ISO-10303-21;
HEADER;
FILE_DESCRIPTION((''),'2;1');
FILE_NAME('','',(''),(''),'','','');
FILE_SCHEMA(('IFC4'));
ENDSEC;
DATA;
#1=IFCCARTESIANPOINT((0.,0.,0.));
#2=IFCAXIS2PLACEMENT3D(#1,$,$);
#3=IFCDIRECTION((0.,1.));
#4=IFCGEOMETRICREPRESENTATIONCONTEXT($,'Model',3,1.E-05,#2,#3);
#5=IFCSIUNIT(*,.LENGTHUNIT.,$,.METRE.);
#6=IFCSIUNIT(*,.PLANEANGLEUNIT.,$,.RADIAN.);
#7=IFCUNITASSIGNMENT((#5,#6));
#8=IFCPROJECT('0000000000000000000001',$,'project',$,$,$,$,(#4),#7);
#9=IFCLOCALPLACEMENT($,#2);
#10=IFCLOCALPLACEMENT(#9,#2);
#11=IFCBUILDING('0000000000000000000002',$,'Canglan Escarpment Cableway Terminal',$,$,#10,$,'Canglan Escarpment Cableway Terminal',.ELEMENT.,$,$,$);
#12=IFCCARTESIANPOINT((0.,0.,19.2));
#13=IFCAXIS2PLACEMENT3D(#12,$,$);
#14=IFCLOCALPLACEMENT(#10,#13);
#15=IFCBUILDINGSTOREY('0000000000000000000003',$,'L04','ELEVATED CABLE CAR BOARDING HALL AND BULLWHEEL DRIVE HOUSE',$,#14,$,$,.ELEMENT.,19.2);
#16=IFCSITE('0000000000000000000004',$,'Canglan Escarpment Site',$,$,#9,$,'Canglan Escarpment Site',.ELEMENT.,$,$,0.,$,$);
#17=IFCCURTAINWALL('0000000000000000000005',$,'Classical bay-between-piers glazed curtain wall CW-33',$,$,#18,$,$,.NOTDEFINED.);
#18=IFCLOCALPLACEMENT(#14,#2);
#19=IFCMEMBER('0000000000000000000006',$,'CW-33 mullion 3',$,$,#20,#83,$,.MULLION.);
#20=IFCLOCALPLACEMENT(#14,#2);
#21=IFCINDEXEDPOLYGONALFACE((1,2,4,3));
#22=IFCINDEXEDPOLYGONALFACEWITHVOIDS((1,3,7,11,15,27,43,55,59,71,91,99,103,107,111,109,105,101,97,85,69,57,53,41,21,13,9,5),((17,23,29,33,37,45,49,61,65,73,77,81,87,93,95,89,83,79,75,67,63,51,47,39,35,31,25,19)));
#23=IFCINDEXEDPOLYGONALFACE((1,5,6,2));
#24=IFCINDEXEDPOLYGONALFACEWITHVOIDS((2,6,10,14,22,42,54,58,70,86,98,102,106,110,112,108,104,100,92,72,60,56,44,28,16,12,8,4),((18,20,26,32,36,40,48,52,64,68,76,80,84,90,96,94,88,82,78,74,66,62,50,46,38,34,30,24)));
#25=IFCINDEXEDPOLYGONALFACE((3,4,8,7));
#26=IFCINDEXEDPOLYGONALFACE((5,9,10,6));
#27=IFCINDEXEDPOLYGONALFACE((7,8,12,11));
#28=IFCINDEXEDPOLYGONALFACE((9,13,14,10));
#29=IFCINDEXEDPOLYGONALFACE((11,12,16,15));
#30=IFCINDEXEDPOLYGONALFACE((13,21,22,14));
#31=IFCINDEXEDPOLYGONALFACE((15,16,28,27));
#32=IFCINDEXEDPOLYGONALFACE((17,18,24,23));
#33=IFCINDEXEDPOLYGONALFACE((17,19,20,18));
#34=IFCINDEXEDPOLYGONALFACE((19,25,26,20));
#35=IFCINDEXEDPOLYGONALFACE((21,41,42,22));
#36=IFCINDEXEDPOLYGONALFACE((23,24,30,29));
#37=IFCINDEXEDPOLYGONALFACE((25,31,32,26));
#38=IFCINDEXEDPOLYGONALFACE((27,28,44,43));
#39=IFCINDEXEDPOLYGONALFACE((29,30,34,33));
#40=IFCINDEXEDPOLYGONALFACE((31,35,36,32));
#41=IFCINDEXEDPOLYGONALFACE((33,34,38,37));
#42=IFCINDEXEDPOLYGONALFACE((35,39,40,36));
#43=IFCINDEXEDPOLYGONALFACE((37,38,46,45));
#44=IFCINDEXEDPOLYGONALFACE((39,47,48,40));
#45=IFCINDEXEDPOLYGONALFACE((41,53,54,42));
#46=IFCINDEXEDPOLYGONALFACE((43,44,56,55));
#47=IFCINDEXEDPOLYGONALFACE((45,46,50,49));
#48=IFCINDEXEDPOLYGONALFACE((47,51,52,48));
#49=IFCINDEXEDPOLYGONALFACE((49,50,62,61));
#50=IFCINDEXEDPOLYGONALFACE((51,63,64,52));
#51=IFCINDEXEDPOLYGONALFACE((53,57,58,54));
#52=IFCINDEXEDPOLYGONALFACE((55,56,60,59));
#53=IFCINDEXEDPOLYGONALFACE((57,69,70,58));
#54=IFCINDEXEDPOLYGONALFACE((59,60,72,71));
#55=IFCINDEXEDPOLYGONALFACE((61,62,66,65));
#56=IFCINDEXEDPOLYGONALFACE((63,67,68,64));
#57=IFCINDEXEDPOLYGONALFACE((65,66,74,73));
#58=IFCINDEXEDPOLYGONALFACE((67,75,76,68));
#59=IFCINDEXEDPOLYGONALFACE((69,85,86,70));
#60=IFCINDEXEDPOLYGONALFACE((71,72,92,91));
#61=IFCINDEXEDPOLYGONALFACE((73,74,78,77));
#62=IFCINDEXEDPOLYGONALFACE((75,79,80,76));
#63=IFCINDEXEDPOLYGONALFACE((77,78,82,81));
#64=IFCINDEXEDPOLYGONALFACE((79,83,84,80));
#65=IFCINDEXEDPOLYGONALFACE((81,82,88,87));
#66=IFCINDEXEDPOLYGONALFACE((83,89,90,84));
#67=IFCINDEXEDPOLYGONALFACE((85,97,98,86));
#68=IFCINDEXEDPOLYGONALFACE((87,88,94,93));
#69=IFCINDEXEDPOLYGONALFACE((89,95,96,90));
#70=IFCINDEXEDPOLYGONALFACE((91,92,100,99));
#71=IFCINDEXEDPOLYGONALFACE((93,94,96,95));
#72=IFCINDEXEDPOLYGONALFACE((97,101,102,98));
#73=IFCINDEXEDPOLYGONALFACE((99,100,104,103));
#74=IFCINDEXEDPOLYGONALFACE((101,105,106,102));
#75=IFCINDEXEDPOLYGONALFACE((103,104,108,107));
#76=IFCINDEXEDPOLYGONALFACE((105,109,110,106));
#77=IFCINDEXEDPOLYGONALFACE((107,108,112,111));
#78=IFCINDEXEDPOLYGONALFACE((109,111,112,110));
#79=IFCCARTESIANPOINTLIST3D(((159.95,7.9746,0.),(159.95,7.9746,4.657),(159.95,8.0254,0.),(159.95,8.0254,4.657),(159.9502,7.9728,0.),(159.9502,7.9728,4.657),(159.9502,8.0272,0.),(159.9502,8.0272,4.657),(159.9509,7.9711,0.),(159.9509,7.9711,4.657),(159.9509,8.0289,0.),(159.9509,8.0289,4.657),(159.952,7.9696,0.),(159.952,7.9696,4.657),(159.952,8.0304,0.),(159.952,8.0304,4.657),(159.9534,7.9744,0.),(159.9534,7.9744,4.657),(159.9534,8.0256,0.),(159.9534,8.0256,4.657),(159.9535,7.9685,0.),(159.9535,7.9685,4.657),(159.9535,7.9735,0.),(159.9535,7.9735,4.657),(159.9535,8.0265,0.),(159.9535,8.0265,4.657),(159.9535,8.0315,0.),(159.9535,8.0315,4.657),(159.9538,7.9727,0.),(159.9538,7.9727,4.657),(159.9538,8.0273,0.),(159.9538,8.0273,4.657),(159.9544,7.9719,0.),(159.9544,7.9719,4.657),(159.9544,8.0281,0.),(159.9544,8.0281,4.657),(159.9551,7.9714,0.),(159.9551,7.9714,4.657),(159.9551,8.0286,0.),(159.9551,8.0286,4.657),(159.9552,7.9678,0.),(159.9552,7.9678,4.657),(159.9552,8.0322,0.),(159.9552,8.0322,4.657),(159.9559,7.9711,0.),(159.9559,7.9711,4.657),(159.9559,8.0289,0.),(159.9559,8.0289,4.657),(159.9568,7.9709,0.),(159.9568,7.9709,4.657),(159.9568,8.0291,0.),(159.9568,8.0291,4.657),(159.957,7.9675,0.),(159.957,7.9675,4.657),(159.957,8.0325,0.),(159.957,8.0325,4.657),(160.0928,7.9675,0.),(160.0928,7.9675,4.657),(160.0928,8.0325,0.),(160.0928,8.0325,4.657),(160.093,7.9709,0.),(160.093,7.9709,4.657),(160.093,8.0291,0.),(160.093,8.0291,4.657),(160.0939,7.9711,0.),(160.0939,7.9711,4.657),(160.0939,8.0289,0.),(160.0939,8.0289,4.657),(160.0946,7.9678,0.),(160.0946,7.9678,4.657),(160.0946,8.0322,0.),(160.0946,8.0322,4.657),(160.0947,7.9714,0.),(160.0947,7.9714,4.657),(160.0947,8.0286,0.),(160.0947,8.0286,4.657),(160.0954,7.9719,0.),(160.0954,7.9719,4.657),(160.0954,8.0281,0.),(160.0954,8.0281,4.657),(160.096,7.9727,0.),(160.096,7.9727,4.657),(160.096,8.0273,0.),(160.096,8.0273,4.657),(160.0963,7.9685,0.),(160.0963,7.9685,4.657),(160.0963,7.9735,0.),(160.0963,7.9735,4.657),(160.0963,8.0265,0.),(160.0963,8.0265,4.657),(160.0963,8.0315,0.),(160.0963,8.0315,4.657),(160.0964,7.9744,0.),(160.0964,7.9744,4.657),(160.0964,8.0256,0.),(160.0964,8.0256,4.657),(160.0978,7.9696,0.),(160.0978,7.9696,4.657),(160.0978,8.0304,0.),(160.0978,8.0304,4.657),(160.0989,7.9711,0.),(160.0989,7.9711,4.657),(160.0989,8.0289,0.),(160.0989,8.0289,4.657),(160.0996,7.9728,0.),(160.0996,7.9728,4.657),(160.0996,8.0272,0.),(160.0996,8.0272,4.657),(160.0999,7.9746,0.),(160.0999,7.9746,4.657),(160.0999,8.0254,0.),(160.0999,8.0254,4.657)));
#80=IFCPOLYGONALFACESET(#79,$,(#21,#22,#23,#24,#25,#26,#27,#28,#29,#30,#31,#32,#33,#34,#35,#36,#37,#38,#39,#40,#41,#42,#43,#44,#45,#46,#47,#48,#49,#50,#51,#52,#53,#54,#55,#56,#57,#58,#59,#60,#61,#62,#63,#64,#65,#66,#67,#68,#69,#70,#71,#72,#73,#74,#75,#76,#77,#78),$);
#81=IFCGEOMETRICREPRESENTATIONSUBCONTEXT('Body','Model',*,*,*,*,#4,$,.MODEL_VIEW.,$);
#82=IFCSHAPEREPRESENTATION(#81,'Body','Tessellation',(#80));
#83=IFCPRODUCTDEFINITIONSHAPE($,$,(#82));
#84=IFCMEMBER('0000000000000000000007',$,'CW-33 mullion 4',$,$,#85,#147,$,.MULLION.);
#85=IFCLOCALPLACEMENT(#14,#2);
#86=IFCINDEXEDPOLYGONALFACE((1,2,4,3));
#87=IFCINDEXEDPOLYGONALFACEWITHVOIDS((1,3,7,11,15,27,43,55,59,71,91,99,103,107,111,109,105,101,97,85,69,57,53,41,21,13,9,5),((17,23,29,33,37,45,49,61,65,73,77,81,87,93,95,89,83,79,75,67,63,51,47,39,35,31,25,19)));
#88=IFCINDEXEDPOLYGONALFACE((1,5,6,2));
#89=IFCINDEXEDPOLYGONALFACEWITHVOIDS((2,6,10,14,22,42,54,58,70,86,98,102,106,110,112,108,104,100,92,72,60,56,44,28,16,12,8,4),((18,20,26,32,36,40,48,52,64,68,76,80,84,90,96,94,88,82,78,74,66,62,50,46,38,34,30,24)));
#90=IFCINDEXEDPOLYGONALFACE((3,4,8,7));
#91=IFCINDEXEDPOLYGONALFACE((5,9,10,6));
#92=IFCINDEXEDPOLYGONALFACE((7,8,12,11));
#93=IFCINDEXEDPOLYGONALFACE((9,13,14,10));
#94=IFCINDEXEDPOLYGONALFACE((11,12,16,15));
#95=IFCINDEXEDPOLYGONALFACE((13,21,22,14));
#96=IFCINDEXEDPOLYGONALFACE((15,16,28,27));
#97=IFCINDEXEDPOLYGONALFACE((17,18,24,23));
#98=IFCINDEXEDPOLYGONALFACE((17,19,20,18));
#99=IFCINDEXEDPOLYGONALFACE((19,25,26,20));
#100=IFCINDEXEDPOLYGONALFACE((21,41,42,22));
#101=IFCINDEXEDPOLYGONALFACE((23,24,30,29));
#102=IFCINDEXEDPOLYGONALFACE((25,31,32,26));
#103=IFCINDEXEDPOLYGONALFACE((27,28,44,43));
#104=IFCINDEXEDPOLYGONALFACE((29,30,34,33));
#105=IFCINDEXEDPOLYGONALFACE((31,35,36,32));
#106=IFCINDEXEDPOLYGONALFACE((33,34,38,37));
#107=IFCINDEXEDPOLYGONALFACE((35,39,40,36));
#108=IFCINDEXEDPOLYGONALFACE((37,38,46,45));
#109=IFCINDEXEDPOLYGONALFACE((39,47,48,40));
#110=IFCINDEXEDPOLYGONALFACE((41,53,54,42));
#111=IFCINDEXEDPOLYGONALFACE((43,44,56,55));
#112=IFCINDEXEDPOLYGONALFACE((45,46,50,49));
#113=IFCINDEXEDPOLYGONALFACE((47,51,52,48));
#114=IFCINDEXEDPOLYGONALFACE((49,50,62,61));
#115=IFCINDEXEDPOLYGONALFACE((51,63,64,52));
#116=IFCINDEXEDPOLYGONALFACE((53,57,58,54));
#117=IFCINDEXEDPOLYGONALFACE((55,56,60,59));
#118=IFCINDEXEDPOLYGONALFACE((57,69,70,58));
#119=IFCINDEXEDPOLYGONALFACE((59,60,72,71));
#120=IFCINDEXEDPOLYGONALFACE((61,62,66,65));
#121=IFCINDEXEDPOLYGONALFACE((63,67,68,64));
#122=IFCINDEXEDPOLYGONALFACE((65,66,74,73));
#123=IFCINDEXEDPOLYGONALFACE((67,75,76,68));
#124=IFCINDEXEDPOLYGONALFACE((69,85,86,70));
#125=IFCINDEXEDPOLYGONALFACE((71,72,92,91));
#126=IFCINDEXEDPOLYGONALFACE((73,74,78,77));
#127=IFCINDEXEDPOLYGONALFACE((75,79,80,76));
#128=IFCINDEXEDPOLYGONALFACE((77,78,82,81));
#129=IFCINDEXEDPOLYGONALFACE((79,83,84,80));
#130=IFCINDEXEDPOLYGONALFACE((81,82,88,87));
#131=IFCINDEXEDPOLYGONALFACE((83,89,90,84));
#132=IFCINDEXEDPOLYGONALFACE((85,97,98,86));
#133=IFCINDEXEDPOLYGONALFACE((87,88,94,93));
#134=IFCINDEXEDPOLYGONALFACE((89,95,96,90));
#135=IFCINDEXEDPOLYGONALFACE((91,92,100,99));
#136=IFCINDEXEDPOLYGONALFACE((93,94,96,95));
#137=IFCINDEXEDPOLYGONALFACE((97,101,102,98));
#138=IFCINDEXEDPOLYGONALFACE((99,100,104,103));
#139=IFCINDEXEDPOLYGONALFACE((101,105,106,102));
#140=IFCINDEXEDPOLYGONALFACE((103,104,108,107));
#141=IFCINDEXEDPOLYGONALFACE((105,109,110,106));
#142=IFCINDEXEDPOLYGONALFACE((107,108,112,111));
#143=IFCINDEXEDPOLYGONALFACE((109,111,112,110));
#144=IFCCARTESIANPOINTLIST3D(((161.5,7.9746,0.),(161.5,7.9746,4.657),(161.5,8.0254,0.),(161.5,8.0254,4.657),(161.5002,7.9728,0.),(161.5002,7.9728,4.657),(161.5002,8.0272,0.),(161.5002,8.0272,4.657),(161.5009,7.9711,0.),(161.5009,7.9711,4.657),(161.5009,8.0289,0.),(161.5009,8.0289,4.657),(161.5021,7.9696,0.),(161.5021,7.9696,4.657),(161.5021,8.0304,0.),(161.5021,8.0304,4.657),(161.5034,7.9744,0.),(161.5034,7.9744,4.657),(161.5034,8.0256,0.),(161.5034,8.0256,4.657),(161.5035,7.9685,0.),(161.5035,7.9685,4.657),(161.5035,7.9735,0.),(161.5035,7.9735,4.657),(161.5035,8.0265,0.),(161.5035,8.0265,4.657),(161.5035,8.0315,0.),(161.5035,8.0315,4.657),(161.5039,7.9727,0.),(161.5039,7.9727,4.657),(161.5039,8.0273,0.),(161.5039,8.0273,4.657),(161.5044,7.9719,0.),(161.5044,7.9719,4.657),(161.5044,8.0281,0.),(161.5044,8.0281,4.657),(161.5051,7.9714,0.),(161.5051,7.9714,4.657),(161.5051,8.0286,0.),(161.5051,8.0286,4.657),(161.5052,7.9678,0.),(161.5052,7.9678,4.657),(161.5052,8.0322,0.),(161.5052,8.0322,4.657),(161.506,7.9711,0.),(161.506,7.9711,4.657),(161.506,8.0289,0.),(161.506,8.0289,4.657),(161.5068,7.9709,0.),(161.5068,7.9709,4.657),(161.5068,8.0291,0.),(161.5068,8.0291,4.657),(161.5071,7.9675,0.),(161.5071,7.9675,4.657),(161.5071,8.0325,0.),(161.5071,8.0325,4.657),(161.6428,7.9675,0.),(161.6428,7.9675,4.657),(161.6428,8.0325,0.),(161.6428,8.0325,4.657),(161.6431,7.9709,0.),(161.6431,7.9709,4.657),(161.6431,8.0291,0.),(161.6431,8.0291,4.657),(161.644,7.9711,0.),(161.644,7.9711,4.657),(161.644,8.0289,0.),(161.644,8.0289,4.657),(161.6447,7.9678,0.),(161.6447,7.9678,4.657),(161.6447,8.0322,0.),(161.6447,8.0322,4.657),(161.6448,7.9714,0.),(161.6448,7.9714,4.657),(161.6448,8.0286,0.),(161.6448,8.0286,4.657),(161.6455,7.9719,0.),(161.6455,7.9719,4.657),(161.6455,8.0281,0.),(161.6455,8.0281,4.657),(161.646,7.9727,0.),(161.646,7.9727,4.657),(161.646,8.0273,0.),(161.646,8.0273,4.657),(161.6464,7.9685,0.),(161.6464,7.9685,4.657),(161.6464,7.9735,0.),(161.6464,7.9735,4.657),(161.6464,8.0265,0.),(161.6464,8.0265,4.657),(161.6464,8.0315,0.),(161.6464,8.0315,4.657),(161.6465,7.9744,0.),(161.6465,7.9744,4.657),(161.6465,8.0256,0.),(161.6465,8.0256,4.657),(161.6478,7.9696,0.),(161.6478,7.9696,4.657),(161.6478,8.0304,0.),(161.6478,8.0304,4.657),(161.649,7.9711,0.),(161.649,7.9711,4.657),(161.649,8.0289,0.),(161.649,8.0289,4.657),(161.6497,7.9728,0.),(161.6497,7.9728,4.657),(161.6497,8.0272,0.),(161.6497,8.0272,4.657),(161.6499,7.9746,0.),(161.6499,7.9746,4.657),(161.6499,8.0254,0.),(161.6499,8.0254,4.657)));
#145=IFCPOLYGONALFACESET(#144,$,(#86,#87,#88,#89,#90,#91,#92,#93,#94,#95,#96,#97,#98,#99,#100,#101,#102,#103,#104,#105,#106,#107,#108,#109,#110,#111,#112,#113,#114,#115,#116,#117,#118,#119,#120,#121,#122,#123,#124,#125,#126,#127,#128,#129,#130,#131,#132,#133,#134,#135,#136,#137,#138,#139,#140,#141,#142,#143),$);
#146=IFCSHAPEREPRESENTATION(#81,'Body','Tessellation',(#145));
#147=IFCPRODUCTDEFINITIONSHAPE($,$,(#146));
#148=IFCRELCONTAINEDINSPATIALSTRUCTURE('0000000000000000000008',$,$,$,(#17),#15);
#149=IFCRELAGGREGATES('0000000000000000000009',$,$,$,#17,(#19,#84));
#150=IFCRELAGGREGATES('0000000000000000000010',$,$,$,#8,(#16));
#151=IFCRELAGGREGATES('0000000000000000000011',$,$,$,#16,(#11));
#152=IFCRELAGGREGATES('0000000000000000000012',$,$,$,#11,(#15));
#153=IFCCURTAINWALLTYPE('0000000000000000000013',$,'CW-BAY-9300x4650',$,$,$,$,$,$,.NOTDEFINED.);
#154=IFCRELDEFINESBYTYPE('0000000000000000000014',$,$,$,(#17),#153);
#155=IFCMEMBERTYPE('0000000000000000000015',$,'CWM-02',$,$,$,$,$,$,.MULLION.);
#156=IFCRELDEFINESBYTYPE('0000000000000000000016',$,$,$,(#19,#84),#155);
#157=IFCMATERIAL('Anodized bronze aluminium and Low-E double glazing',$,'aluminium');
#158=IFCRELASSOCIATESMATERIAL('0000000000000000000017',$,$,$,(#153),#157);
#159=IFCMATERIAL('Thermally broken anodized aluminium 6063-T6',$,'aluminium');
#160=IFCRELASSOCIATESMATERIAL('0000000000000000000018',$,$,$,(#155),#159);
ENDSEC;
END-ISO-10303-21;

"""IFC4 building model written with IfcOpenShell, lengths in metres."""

from ifc_helpers import new_model, si_unit, direction, frame, origin, origin_2d, place, context, subcontext, project, spatial, hollow_rectangle, extrude, material, material_profile, profile_set, type_object, element, aggregate, save


model = new_model("IFC4")

# Units and contexts
model_context = context("Model", 3, precision=1e-05, world=origin(), true_north=direction((0.0, 1.0)))
body_context = subcontext(model_context, "Body", "Model", "MODEL_VIEW")
ifc_project = project(units=[si_unit("LENGTHUNIT", "METRE"), si_unit("PLANEANGLEUNIT", "RADIAN")], contexts=[model_context])

# Site, building, storey
site_placement = place(None, origin())
site = spatial("IfcSite", under=ifc_project, at=site_placement, Name="Canglan Escarpment Site", LongName="Canglan Escarpment Site", CompositionType="ELEMENT", RefElevation=0.0)
building_placement = place(site_placement, origin())
building = spatial("IfcBuilding", under=site, at=building_placement, Name="Canglan Escarpment Cableway Terminal", LongName="Canglan Escarpment Cableway Terminal", CompositionType="ELEMENT")
storey_placement = place(building_placement, frame((0.0, 0.0, 19.2)))
storey = spatial("IfcBuildingStorey", under=building, at=storey_placement, Name="L04", Description="ELEVATED CABLE CAR BOARDING HALL AND BULLWHEEL DRIVE HOUSE", CompositionType="ELEMENT", Elevation=19.2)

# Curtain wall, members
ifc_material_1 = material(Name="Anodized bronze aluminium and Low-E double glazing", Category="aluminium")
curtain_wall_type = type_object("IfcCurtainWallType", Name="CW-BAY-9300x4650", PredefinedType="NOTDEFINED", material=ifc_material_1)
curtain_wall_placement = place(storey_placement, origin())
curtain_wall = element("IfcCurtainWall", 1, at=curtain_wall_placement, inside=storey, type_object=curtain_wall_type, Name="Classical bay-between-piers glazed curtain wall CW-33", PredefinedType="NOTDEFINED")
ifc_material_2 = material(Name="Thermally broken anodized aluminium 6063-T6", Category="aluminium")
ifc_material_profile_1 = material_profile(ifc_material_2, hollow_rectangle(XDim=0.0649, YDim=0.1499, WallThickness=0.0034, InnerFilletRadius=0.0034, OuterFilletRadius=0.0071, at=origin_2d()), Name="ALU-MULL 65x150x3.5")
ifc_profile_set_1 = profile_set([ifc_material_profile_1], Name="Thermally broken anodized aluminium 6063-T6")
member_type_1 = type_object("IfcMemberType", Name="CWM-02", PredefinedType="MULLION", material=ifc_profile_set_1)
member_1_placement = place(storey_placement, frame((160.0249, 8.0, 0.0), z_axis=(0.0, 0.0, 1.0), x_axis=(0.0, 1.0, 0.0)))
member_1 = element("IfcMember", 2, at=member_1_placement, type_object=member_type_1, Name="CW-33 mullion 3", PredefinedType="MULLION", context=body_context, shape_type="SweptSolid", body=[
    extrude(hollow_rectangle(XDim=0.0649, YDim=0.1499, WallThickness=0.0034, InnerFilletRadius=0.0034, OuterFilletRadius=0.0071, at=origin_2d()), origin(), (0.0, 0.0, 1.0), 4.657),
])
member_2_placement = place(storey_placement, frame((161.575, 8.0, 0.0), z_axis=(0.0, 0.0, 1.0), x_axis=(0.0, 1.0, 0.0)))
member_2 = element("IfcMember", 3, at=member_2_placement, type_object=member_type_1, Name="CW-33 mullion 4", PredefinedType="MULLION", context=body_context, shape_type="SweptSolid", body=[
    extrude(hollow_rectangle(XDim=0.0649, YDim=0.1499, WallThickness=0.0034, InnerFilletRadius=0.0034, OuterFilletRadius=0.0071, at=origin_2d()), origin(), (0.0, 0.0, 1.0), 4.657),
])
aggregate(curtain_wall, [member_1, member_2])

save(model, "model.ifc")
